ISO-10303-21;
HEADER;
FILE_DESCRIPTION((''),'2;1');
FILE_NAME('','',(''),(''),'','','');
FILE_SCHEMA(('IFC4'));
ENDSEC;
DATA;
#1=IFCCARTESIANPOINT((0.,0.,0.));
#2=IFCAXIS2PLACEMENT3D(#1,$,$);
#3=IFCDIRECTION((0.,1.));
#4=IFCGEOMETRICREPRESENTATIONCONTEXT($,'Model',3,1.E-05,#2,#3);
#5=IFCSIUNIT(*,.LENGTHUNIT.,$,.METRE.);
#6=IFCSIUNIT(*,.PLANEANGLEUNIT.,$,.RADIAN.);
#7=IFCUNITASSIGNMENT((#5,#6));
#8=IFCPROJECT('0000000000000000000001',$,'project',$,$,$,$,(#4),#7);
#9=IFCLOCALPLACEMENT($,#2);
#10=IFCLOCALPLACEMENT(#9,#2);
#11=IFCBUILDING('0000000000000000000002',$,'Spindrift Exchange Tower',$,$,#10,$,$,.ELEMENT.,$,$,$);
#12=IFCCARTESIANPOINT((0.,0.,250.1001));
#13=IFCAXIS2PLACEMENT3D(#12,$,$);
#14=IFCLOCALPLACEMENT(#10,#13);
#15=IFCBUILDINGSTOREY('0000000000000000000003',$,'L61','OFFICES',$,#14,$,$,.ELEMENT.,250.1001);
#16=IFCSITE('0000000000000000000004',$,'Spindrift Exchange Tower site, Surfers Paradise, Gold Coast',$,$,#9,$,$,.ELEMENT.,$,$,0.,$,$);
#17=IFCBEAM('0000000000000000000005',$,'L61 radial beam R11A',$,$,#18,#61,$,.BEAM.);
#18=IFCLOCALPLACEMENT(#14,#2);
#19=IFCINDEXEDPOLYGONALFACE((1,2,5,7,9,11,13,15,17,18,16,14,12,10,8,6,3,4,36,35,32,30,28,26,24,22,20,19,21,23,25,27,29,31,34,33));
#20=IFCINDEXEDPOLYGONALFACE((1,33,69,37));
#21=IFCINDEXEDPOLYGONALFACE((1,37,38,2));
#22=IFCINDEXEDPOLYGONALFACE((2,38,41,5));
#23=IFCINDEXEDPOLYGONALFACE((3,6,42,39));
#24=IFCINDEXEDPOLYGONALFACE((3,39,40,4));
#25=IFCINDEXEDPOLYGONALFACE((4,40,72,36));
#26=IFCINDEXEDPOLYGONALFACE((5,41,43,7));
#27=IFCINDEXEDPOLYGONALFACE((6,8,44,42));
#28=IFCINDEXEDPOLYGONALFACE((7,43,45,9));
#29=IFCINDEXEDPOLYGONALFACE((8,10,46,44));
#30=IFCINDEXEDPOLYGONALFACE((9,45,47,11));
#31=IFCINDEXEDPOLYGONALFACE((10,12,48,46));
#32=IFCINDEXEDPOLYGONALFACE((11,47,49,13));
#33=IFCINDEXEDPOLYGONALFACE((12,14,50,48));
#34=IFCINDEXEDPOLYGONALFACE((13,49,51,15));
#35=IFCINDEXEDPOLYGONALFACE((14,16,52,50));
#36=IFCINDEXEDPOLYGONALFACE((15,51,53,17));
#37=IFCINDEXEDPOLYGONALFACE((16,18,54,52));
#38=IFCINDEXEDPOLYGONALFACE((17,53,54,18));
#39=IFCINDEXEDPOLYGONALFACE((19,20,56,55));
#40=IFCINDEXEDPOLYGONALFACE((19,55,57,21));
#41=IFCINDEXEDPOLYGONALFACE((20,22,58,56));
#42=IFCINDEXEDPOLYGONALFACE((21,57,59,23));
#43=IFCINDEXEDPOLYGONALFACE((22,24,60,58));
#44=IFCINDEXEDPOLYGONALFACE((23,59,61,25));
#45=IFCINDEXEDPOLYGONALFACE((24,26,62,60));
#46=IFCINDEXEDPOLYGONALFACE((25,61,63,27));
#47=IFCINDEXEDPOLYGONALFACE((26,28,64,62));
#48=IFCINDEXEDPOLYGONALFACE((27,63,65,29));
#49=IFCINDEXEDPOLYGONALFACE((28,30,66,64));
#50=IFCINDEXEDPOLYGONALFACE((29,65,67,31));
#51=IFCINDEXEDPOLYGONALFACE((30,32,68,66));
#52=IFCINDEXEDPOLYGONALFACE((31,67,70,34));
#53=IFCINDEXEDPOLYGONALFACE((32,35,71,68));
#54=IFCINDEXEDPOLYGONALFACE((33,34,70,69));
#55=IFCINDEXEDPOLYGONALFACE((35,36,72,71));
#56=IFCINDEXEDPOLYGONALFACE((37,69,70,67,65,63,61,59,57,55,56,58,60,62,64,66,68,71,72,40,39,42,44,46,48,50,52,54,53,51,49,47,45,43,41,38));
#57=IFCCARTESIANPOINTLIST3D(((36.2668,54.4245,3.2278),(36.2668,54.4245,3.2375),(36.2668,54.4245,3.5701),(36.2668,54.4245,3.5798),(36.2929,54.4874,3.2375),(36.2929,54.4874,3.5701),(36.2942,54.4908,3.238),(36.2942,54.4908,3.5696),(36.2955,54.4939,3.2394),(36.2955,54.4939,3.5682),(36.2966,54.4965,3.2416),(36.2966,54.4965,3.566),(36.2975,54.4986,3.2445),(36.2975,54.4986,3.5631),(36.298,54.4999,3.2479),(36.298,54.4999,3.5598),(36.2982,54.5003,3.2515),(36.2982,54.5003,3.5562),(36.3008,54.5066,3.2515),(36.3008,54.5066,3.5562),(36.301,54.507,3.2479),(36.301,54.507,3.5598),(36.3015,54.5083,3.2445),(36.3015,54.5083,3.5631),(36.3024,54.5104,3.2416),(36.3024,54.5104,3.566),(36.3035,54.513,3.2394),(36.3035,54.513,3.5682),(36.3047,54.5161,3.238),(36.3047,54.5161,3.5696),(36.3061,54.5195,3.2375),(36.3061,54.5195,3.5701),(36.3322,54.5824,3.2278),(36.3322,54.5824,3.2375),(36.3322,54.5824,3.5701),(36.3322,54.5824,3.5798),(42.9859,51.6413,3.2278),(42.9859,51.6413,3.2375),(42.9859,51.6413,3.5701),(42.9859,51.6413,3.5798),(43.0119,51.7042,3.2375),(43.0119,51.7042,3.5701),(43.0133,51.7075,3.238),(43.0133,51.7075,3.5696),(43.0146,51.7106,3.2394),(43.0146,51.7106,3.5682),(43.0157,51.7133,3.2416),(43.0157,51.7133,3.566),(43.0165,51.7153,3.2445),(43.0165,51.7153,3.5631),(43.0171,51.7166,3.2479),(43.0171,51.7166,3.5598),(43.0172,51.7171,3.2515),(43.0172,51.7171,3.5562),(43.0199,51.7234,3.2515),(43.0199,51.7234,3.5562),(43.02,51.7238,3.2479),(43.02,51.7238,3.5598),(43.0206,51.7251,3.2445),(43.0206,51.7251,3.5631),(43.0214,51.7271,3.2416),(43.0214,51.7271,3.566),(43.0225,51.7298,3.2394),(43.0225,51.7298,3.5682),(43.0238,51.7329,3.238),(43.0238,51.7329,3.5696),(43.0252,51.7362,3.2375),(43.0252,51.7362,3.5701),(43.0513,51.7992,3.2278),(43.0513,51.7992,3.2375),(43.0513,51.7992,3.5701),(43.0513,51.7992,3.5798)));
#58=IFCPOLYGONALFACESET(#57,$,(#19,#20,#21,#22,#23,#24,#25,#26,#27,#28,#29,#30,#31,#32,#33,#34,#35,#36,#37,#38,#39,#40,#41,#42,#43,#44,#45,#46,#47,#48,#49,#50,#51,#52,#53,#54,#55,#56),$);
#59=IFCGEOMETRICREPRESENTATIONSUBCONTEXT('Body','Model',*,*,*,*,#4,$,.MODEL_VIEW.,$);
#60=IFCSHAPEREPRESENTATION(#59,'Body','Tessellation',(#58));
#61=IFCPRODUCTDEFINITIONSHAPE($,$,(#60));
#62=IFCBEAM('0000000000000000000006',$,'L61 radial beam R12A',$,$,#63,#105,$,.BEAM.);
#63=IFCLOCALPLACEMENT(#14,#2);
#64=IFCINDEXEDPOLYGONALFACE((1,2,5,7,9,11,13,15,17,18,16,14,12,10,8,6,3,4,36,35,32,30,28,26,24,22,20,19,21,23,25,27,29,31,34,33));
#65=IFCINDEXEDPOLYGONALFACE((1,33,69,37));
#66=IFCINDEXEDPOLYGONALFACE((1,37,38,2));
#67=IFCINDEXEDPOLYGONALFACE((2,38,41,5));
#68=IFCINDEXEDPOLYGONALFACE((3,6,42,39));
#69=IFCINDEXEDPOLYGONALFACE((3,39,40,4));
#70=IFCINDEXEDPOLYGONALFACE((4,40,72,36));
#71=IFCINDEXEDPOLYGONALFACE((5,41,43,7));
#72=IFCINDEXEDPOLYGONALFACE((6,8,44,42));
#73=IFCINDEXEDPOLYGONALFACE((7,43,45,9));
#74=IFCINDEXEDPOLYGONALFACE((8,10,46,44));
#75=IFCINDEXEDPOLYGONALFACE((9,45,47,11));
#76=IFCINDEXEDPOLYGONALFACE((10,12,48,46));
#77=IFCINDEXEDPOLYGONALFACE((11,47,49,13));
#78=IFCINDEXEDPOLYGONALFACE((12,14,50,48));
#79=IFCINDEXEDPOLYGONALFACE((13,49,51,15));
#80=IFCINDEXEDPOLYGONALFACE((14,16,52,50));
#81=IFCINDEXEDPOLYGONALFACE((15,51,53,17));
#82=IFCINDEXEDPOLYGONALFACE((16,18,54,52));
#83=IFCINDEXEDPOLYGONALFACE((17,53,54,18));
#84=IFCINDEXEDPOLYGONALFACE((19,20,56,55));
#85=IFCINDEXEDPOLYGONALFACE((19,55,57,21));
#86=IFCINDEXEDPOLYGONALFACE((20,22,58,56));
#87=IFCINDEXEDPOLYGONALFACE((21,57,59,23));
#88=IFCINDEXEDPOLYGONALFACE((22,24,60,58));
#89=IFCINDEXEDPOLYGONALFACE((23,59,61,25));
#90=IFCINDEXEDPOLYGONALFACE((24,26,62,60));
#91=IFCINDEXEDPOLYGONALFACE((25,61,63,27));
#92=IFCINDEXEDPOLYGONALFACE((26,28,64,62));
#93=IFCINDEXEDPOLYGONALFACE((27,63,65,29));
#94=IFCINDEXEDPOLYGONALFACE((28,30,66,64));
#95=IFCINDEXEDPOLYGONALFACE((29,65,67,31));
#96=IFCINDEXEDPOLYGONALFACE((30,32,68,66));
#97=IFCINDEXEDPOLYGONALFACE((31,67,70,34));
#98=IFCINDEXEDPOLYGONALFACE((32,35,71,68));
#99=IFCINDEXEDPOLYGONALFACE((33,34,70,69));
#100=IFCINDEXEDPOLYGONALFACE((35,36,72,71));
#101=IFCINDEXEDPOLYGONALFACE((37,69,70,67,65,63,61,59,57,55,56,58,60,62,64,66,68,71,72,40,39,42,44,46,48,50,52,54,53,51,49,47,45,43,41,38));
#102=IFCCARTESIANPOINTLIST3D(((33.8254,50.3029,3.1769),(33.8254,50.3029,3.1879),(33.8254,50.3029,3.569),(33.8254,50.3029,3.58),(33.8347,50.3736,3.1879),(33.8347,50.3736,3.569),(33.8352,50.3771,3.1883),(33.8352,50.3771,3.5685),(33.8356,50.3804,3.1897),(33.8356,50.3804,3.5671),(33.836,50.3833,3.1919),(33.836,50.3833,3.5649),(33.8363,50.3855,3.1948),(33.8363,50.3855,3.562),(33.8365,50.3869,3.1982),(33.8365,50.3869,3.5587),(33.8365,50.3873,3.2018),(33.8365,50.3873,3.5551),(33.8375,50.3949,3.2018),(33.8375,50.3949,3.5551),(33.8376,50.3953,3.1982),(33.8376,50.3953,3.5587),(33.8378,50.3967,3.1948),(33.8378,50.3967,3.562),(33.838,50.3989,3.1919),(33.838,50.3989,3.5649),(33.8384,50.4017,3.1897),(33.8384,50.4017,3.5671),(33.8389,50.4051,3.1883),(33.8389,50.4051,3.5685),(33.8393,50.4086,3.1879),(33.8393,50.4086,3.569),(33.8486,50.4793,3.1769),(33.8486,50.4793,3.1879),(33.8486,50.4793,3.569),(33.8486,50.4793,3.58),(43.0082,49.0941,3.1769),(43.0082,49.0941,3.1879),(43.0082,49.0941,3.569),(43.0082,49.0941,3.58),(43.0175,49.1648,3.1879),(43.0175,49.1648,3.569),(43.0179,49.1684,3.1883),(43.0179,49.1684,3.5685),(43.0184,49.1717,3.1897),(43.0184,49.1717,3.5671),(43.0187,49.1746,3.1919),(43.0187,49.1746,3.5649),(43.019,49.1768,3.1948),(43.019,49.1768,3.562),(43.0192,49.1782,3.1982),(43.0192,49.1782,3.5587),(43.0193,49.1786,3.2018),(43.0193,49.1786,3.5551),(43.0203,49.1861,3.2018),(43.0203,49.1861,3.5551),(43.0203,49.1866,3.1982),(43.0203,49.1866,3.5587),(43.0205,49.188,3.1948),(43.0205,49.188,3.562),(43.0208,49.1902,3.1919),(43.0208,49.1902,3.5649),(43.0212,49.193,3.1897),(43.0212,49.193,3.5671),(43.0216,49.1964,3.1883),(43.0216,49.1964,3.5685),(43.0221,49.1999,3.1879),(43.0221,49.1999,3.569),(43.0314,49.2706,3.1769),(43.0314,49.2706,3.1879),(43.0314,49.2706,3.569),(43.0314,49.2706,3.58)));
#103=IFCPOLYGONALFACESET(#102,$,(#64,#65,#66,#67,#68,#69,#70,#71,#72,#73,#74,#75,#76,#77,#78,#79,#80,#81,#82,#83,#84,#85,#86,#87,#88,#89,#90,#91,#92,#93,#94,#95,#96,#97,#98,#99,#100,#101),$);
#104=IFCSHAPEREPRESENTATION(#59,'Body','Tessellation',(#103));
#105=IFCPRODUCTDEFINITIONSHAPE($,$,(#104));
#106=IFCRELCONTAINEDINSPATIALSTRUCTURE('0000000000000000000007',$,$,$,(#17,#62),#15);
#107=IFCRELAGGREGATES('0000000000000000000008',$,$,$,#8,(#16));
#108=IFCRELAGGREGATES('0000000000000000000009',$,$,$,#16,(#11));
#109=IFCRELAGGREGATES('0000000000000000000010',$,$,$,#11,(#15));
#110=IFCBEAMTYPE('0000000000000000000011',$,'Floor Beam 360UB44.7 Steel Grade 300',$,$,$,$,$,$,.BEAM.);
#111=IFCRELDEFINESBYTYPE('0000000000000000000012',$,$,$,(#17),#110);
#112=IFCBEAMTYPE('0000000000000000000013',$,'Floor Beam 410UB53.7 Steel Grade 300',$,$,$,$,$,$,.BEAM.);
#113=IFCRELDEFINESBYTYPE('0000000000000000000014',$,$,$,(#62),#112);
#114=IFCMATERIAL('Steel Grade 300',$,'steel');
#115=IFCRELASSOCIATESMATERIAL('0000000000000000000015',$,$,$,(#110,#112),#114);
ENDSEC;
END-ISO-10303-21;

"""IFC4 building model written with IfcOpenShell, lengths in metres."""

from ifc_helpers import new_model, si_unit, direction, frame, origin, origin_2d, place, context, subcontext, project, spatial, i_section, extrude, source, transform, mapped, material, material_profile, profile_set, type_object, element, save


model = new_model("IFC4")

# Units and contexts
model_context = context("Model", 3, precision=1e-05, world=origin(), true_north=direction((0.0, 1.0)))
body_context = subcontext(model_context, "Body", "Model", "MODEL_VIEW")
ifc_project = project(units=[si_unit("LENGTHUNIT", "METRE"), si_unit("PLANEANGLEUNIT", "RADIAN")], contexts=[model_context])

# Site, building, storey
site_placement = place(None, origin())
site = spatial("IfcSite", under=ifc_project, at=site_placement, Name="Spindrift Exchange Tower site, Surfers Paradise, Gold Coast", CompositionType="ELEMENT", RefElevation=0.0)
building_placement = place(site_placement, origin())
building = spatial("IfcBuilding", under=site, at=building_placement, Name="Spindrift Exchange Tower", CompositionType="ELEMENT")
storey_placement = place(building_placement, frame((0.0, 0.0, 250.1001)))
storey = spatial("IfcBuildingStorey", under=building, at=storey_placement, Name="L61", Description="OFFICES", CompositionType="ELEMENT", Elevation=250.1001)

# Beams
ifc_material_1 = material(Name="Steel Grade 300", Category="steel")
ifc_material_profile_1 = material_profile(ifc_material_1, i_section(OverallWidth=0.1709, OverallDepth=0.3521, WebThickness=0.0068, FlangeThickness=0.0098, FilletRadius=0.0139, at=origin_2d()), Name="360UB44.7")
ifc_profile_set_1 = profile_set([ifc_material_profile_1], Name="Steel Grade 300")
beam_type_1 = type_object("IfcBeamType", Name="Floor Beam 360UB44.7 Steel Grade 300", PredefinedType="BEAM", material=ifc_profile_set_1)
shared_shape_1 = source(origin(), body_context, "Body", "SweptSolid", [
    extrude(i_section(OverallWidth=0.1709, OverallDepth=0.3521, WebThickness=0.0068, FlangeThickness=0.0098, FilletRadius=0.0139, at=origin_2d()), origin(), (0.0, 0.0, 1.0), 7.2727),
])
beam_1_placement = place(storey_placement, frame((43.0186, 51.7202, 3.4038), z_axis=(-0.923874, 0.382696, 0.0), x_axis=(-0.382696, -0.923874, 0.0)))
element("IfcBeam", 1, at=beam_1_placement, inside=storey, type_object=beam_type_1, Name="L61 radial beam R11A", PredefinedType="BEAM", context=body_context, shape_type="MappedRepresentation", body=[
    mapped(shared_shape_1, transform((0.0, 0.0, 0.0), scale=1.0)),
])
ifc_material_profile_2 = material_profile(ifc_material_1, i_section(OverallWidth=0.178, OverallDepth=0.4031, WebThickness=0.0076, FlangeThickness=0.011, FilletRadius=0.0139, at=origin_2d()), Name="410UB53.7")
ifc_profile_set_2 = profile_set([ifc_material_profile_2], Name="Steel Grade 300")
beam_type_2 = type_object("IfcBeamType", Name="Floor Beam 410UB53.7 Steel Grade 300", PredefinedType="BEAM", material=ifc_profile_set_2)
shared_shape_2 = source(origin(), body_context, "Body", "SweptSolid", [
    extrude(i_section(OverallWidth=0.178, OverallDepth=0.4031, WebThickness=0.0076, FlangeThickness=0.011, FilletRadius=0.0139, at=origin_2d()), origin(), (0.0, 0.0, 1.0), 9.262),
])
beam_2_placement = place(storey_placement, frame((43.0198, 49.1824, 3.3784), z_axis=(-0.991448, 0.130504, 0.0), x_axis=(-0.130504, -0.991448, 0.0)))
element("IfcBeam", 2, at=beam_2_placement, inside=storey, type_object=beam_type_2, Name="L61 radial beam R12A", PredefinedType="BEAM", context=body_context, shape_type="MappedRepresentation", body=[
    mapped(shared_shape_2, transform((0.0, 0.0, 0.0), scale=1.0)),
])

save(model, "model.ifc")
